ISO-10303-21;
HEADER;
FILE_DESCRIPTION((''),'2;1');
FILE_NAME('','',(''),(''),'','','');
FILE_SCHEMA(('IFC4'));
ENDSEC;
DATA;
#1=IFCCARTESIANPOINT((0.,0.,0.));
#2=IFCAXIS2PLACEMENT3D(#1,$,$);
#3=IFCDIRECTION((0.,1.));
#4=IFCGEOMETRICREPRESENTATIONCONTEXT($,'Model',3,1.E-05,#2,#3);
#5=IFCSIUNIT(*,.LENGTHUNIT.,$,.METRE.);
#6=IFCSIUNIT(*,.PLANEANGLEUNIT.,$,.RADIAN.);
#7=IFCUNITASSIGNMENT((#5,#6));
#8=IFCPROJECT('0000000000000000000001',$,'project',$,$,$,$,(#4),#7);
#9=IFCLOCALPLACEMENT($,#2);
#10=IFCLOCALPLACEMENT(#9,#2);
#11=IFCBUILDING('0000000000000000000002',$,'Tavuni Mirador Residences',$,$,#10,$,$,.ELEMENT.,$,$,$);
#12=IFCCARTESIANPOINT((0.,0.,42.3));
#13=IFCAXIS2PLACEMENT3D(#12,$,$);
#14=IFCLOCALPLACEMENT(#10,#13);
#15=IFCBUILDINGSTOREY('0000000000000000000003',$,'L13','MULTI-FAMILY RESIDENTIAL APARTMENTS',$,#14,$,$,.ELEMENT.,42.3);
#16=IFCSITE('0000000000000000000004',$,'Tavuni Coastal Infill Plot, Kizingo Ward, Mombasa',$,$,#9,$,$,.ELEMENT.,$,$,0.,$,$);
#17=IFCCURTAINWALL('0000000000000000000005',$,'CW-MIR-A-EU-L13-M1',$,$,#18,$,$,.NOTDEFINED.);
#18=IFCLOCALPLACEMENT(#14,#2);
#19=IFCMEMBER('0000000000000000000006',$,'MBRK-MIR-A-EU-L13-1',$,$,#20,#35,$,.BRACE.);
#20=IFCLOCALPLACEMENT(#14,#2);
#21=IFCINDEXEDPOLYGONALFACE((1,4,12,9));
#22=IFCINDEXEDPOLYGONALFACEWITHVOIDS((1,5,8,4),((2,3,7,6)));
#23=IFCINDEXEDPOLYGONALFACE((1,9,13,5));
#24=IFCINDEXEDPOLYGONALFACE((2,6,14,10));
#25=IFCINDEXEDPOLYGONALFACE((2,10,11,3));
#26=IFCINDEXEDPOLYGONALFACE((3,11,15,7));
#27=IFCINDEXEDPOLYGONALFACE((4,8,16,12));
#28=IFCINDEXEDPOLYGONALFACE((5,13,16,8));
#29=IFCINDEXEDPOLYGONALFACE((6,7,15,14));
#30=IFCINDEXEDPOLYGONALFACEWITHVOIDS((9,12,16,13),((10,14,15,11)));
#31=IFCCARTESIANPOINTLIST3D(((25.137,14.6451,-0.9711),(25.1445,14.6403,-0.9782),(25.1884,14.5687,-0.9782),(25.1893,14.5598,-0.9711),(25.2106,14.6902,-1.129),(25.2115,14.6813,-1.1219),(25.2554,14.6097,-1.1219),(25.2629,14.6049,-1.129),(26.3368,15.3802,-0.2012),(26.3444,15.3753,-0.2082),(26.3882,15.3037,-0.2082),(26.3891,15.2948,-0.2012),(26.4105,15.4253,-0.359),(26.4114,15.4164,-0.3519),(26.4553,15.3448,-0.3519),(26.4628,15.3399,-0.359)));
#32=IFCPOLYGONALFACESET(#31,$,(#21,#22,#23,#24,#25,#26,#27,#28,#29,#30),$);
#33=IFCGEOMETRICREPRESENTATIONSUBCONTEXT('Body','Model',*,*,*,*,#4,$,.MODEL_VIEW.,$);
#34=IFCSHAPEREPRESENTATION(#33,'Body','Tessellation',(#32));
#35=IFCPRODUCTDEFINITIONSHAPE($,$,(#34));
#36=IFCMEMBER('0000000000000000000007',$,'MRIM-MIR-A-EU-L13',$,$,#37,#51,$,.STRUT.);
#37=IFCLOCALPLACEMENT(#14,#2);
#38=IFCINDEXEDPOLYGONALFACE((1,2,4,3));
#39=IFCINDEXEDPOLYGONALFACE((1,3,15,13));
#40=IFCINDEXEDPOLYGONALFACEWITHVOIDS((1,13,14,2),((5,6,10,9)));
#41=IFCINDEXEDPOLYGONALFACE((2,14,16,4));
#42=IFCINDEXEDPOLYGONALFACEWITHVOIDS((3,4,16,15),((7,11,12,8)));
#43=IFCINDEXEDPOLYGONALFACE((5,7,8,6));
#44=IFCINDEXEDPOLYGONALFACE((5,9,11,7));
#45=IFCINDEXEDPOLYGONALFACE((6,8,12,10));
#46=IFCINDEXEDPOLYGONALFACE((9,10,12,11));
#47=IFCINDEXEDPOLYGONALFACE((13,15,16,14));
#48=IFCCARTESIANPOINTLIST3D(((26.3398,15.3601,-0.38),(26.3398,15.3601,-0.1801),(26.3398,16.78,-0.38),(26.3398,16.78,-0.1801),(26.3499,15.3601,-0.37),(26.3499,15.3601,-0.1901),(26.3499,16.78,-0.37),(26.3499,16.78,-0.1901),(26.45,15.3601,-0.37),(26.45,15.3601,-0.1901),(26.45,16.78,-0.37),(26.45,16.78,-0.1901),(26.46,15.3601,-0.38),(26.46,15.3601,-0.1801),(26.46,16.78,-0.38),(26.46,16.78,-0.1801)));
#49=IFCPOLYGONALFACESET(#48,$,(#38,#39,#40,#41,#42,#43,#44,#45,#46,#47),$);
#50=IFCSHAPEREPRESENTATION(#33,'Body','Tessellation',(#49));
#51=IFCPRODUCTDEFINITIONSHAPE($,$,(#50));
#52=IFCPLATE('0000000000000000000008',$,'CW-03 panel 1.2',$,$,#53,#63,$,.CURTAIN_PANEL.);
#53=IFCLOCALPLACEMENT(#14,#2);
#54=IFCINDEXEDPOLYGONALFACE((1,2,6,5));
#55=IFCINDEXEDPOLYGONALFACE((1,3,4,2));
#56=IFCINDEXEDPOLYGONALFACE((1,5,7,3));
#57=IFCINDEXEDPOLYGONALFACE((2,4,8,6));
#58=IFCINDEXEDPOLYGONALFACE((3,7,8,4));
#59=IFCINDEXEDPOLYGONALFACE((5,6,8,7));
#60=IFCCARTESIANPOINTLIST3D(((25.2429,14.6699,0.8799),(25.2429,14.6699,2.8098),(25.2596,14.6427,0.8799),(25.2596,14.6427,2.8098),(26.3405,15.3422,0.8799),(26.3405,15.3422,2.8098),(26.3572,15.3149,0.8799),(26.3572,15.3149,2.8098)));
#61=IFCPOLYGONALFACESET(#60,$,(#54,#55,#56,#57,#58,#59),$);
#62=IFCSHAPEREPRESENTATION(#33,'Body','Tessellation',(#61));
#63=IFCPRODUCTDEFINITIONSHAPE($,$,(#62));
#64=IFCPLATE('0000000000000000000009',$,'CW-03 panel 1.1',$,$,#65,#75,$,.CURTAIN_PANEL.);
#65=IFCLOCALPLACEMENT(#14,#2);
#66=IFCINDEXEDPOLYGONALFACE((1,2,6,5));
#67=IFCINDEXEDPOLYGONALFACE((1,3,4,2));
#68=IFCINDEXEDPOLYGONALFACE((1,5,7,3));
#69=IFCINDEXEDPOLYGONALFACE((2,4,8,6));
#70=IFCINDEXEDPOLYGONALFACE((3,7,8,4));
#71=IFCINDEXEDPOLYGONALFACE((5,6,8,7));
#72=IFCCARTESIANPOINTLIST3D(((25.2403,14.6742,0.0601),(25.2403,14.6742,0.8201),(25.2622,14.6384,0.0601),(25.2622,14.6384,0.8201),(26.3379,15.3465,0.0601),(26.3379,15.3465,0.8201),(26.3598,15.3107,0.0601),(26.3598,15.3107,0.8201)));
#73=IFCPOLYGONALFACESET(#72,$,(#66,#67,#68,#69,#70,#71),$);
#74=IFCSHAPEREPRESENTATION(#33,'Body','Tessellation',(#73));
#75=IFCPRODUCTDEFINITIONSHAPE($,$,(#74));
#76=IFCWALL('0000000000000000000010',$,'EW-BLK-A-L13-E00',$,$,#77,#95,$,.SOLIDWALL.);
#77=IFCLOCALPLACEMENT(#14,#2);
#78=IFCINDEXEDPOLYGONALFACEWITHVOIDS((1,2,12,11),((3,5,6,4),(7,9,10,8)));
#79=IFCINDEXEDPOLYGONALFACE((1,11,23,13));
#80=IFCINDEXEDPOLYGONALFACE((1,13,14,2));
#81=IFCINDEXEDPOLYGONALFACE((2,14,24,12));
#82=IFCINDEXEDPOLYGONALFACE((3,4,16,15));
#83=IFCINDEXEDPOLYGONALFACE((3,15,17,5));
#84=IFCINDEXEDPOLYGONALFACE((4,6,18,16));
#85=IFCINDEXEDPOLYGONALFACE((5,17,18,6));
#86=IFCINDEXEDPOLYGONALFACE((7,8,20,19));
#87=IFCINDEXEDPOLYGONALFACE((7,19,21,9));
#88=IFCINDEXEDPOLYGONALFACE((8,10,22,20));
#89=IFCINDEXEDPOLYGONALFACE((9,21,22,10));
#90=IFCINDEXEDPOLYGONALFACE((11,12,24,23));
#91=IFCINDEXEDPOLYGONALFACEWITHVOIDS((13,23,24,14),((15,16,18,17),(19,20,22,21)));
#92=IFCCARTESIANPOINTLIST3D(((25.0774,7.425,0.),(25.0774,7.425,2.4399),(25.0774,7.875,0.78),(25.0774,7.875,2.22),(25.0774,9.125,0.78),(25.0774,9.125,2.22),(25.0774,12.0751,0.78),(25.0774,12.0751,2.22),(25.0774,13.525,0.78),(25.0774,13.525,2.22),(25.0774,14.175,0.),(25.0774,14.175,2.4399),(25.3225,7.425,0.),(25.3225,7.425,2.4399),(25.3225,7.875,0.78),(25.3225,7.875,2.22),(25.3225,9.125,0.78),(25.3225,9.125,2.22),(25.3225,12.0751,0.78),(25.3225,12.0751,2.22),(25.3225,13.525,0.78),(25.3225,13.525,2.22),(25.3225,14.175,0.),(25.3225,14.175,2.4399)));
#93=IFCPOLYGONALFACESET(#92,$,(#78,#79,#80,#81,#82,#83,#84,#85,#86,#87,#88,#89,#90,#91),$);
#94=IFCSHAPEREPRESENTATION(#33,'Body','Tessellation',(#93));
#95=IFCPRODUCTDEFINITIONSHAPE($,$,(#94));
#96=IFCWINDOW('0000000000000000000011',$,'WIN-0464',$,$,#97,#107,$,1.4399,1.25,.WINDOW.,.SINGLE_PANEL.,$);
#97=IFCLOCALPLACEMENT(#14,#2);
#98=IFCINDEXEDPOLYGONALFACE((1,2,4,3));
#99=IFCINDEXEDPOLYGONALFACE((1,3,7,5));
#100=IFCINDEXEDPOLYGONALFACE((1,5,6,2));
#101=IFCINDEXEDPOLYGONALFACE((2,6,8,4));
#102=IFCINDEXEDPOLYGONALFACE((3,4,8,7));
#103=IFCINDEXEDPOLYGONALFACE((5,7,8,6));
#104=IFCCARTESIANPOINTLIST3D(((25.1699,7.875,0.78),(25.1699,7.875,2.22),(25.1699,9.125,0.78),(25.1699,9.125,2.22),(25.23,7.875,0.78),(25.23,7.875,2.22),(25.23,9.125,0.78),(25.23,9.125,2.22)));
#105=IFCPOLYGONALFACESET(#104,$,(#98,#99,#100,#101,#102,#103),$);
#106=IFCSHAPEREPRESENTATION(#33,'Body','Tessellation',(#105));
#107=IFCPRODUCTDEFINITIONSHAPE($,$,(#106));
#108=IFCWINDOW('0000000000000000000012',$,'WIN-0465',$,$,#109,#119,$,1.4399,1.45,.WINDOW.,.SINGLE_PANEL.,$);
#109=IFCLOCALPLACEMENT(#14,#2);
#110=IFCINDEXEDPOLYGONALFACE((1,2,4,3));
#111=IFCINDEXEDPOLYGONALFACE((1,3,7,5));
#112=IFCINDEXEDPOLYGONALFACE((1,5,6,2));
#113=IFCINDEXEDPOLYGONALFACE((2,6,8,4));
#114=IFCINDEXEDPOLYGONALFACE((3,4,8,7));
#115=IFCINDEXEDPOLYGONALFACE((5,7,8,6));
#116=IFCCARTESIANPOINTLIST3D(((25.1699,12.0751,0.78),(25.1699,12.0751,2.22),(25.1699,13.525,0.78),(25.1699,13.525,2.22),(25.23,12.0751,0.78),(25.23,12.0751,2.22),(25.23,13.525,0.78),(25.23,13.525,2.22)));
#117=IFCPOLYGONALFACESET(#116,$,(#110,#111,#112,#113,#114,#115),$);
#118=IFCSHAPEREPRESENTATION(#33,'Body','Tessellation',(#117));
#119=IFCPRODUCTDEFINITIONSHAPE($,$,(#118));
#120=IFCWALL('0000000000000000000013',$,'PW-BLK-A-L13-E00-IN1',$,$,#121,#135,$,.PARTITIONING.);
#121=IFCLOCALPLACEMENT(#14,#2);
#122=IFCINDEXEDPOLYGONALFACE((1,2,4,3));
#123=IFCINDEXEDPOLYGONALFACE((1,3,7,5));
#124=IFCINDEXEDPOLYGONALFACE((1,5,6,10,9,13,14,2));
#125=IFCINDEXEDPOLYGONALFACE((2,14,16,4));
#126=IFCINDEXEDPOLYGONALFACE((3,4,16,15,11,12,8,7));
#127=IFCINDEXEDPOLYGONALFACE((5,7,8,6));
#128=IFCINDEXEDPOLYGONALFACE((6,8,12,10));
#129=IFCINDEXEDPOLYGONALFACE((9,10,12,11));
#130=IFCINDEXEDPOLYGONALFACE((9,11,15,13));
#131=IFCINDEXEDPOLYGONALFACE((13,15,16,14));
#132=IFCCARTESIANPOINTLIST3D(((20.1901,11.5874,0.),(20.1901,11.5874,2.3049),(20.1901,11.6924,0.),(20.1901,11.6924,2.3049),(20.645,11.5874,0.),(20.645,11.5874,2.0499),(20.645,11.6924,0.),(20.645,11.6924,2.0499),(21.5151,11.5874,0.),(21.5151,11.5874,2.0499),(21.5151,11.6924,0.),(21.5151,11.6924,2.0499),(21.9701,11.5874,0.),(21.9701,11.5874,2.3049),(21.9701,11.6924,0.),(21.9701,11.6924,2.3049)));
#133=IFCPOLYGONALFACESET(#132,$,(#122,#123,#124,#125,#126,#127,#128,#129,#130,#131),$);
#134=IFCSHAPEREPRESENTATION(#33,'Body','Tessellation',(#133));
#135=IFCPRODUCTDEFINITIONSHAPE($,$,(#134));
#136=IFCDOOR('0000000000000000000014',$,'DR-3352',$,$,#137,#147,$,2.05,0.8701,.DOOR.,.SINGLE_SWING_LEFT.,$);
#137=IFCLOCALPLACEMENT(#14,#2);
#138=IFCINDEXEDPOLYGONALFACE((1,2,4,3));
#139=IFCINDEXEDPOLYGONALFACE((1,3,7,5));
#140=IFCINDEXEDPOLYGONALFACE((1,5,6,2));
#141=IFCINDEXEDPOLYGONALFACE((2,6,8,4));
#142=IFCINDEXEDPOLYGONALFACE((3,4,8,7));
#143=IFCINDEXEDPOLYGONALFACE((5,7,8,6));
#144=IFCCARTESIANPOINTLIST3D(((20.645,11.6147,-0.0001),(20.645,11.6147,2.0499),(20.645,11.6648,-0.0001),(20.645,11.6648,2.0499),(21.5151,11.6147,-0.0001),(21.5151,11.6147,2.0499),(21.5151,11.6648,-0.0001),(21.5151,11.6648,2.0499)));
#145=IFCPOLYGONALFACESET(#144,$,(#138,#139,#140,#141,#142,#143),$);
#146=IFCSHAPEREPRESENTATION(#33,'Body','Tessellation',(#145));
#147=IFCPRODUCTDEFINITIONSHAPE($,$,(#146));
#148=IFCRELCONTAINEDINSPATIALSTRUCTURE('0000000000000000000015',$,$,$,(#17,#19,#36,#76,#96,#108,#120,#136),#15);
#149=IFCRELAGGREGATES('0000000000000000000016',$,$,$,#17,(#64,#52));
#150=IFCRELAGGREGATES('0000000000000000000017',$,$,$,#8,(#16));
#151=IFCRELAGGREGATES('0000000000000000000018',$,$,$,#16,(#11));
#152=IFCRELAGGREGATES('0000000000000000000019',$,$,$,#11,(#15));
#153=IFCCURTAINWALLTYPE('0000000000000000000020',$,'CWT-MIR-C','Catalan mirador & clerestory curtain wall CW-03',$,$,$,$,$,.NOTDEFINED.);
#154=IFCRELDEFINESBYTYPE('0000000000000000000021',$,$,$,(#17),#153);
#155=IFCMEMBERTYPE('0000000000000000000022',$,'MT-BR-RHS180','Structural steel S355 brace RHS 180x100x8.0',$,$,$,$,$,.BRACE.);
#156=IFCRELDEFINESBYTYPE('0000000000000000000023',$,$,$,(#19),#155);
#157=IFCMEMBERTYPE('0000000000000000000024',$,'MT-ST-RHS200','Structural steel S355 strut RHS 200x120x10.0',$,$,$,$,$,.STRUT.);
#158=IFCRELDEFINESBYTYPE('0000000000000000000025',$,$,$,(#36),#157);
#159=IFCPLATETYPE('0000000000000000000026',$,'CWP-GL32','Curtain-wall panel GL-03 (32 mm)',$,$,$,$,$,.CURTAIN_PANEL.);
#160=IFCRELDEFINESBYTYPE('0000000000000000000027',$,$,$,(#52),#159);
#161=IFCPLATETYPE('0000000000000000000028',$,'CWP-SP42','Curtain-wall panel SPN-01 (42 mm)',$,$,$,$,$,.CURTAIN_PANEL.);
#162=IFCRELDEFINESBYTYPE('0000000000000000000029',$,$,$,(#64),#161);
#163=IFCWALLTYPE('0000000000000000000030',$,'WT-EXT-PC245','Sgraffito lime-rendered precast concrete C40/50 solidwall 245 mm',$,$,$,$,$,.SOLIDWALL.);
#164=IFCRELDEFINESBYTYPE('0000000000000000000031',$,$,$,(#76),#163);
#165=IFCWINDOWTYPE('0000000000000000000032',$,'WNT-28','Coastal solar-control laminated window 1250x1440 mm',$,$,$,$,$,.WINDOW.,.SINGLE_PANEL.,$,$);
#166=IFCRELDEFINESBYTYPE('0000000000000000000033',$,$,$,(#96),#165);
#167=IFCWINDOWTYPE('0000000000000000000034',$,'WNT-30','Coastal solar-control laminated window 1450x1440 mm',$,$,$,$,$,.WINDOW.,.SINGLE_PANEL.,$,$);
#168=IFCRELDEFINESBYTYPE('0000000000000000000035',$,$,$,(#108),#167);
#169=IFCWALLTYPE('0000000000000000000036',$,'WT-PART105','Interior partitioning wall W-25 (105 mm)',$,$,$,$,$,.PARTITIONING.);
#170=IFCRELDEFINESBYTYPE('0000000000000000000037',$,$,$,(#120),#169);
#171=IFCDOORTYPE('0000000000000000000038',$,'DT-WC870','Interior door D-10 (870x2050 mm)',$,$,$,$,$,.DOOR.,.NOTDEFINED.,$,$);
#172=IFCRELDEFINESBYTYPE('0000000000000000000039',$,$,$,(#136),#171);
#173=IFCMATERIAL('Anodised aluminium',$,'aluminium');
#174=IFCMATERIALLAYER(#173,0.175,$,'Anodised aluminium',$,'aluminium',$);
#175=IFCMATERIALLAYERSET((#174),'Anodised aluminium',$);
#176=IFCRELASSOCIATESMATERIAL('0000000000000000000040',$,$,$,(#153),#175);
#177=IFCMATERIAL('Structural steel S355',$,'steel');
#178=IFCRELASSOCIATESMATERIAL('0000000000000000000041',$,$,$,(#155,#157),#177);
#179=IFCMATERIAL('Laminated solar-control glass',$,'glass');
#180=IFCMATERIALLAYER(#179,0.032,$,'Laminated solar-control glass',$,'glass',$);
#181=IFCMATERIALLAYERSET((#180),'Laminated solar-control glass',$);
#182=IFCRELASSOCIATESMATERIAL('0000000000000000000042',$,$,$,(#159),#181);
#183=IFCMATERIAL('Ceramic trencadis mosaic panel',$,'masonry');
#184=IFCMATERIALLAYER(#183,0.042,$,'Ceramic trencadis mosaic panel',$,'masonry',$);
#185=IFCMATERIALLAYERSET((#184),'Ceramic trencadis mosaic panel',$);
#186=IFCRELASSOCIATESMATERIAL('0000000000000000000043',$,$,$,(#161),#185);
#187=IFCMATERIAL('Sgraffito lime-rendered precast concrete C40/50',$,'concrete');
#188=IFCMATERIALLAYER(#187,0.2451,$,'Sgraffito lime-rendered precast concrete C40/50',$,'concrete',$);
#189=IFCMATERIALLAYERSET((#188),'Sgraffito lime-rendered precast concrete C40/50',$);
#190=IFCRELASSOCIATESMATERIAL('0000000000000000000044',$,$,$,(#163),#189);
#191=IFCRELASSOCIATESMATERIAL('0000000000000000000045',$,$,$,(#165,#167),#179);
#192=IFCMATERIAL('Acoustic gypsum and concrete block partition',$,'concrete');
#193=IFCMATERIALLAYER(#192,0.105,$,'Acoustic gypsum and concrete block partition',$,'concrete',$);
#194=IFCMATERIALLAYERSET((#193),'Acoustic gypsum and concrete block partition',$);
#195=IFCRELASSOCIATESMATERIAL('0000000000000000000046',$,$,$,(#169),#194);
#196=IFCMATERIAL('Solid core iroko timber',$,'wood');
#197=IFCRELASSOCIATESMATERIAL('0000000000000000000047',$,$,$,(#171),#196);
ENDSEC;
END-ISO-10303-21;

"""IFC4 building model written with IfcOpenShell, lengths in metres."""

from ifc_helpers import new_model, si_unit, direction, frame, frame_2d, origin, origin_2d, place, context, subcontext, project, spatial, rectangle, hollow_rectangle, extrude, material, layer, layer_set, material_profile, profile_set, type_object, element, fill, aggregate, save


model = new_model("IFC4")

# Units and contexts
model_context = context("Model", 3, precision=1e-05, world=origin(), true_north=direction((0.0, 1.0)))
body_context = subcontext(model_context, "Body", "Model", "MODEL_VIEW")
ifc_project = project(units=[si_unit("LENGTHUNIT", "METRE"), si_unit("PLANEANGLEUNIT", "RADIAN")], contexts=[model_context])

# Site, building, storey
site_placement = place(None, origin())
site = spatial("IfcSite", under=ifc_project, at=site_placement, Name="Tavuni Coastal Infill Plot, Kizingo Ward, Mombasa", CompositionType="ELEMENT", RefElevation=0.0)
building_placement = place(site_placement, origin())
building = spatial("IfcBuilding", under=site, at=building_placement, Name="Tavuni Mirador Residences", CompositionType="ELEMENT")
storey_placement = place(building_placement, frame((0.0, 0.0, 42.3)))
storey = spatial("IfcBuildingStorey", under=building, at=storey_placement, Name="L13", Description="MULTI-FAMILY RESIDENTIAL APARTMENTS", CompositionType="ELEMENT", Elevation=42.3)

# Curtain wall
ifc_material_1 = material(Name="Anodised aluminium", Category="aluminium")
ifc_layer_1 = layer(ifc_material_1, 0.175, Name="Anodised aluminium", Category="aluminium")
ifc_layer_set_1 = layer_set([ifc_layer_1], Name="Anodised aluminium")
curtain_wall_type_1 = type_object("IfcCurtainWallType", Name="CWT-MIR-C", Description="Catalan mirador & clerestory curtain wall CW-03", PredefinedType="NOTDEFINED", material=ifc_layer_set_1)
curtain_wall_1_placement = place(storey_placement, origin())
curtain_wall_1 = element("IfcCurtainWall", 1, at=curtain_wall_1_placement, inside=storey, type_object=curtain_wall_type_1, Name="CW-MIR-A-EU-L13-M1", PredefinedType="NOTDEFINED")

# Members
ifc_material_2 = material(Name="Structural steel S355", Category="steel")
ifc_material_profile_1 = material_profile(ifc_material_2, hollow_rectangle(XDim=0.1001, YDim=0.1799, WallThickness=0.0081, at=origin_2d()), Name="RHS 180x100x8.0", Category="steel")
ifc_profile_set_1 = profile_set([ifc_material_profile_1], Name="Structural steel S355")
member_type_1 = type_object("IfcMemberType", Name="MT-BR-RHS180", Description="Structural steel S355 brace RHS 180x100x8.0", PredefinedType="BRACE", material=ifc_profile_set_1)
member_1_placement = place(storey_placement, frame((25.2, 14.625, -1.05), z_axis=(0.748044, 0.458263, 0.480027), x_axis=(-0.522383, 0.852711, 0.0)))
element("IfcMember", 2, at=member_1_placement, inside=storey, type_object=member_type_1, Name="MBRK-MIR-A-EU-L13-1", PredefinedType="BRACE", context=body_context, shape_type="SweptSolid", body=[
    extrude(hollow_rectangle(XDim=0.1001, YDim=0.1799, WallThickness=0.0081, at=origin_2d()), origin(), (0.0, 0.0, 1.0), 1.604),
])
ifc_material_profile_2 = material_profile(ifc_material_2, hollow_rectangle(XDim=0.1201, YDim=0.2, WallThickness=0.01, at=origin_2d()), Name="RHS 200x120x10.0", Category="steel")
ifc_profile_set_2 = profile_set([ifc_material_profile_2], Name="Structural steel S355")
member_type_2 = type_object("IfcMemberType", Name="MT-ST-RHS200", Description="Structural steel S355 strut RHS 200x120x10.0", PredefinedType="STRUT", material=ifc_profile_set_2)
member_2_placement = place(storey_placement, frame((26.3999, 15.3601, -0.28), z_axis=(0.0, 1.0, 0.0), x_axis=(-1.0, 0.0, 0.0)))
element("IfcMember", 3, at=member_2_placement, inside=storey, type_object=member_type_2, Name="MRIM-MIR-A-EU-L13", PredefinedType="STRUT", context=body_context, shape_type="SweptSolid", body=[
    extrude(hollow_rectangle(XDim=0.1201, YDim=0.2, WallThickness=0.01, at=origin_2d()), origin(), (0.0, 0.0, 1.0), 1.4199),
])

# Plates
ifc_material_3 = material(Name="Laminated solar-control glass", Category="glass")
ifc_layer_2 = layer(ifc_material_3, 0.032, Name="Laminated solar-control glass", Category="glass")
ifc_layer_set_2 = layer_set([ifc_layer_2], Name="Laminated solar-control glass")
plate_type_1 = type_object("IfcPlateType", Name="CWP-GL32", Description="Curtain-wall panel GL-03 (32 mm)", PredefinedType="CURTAIN_PANEL", material=ifc_layer_set_2)
plate_1_placement = place(storey_placement, frame((25.8, 14.9924, 0.8799), z_axis=(0.0, 0.0, 1.0), x_axis=(0.852754, 0.522312, 0.0)))
plate_1 = element("IfcPlate", 4, at=plate_1_placement, type_object=plate_type_1, Name="CW-03 panel 1.2", PredefinedType="CURTAIN_PANEL", context=body_context, shape_type="SweptSolid", body=[
    extrude(rectangle(XDim=1.2871, YDim=0.032, at=origin_2d()), origin(), (0.0, 0.0, 1.0), 1.9299),
])
ifc_material_4 = material(Name="Ceramic trencadis mosaic panel", Category="masonry")
ifc_layer_3 = layer(ifc_material_4, 0.042, Name="Ceramic trencadis mosaic panel", Category="masonry")
ifc_layer_set_3 = layer_set([ifc_layer_3], Name="Ceramic trencadis mosaic panel")
plate_type_2 = type_object("IfcPlateType", Name="CWP-SP42", Description="Curtain-wall panel SPN-01 (42 mm)", PredefinedType="CURTAIN_PANEL", material=ifc_layer_set_3)
plate_2_placement = place(storey_placement, frame((25.8, 14.9924, 0.0601), z_axis=(0.0, 0.0, 1.0), x_axis=(0.852754, 0.522312, 0.0)))
plate_2 = element("IfcPlate", 5, at=plate_2_placement, type_object=plate_type_2, Name="CW-03 panel 1.1", PredefinedType="CURTAIN_PANEL", context=body_context, shape_type="SweptSolid", body=[
    extrude(rectangle(XDim=1.2871, YDim=0.042, at=origin_2d()), origin(), (0.0, 0.0, 1.0), 0.76),
])
aggregate(curtain_wall_1, [plate_2, plate_1])

# Shared definitions
ifc_material_5 = material(Name="Solid core iroko timber", Category="wood")

# Wall, openings, windows
ifc_material_6 = material(Name="Sgraffito lime-rendered precast concrete C40/50", Category="concrete")
ifc_layer_4 = layer(ifc_material_6, 0.2451, Name="Sgraffito lime-rendered precast concrete C40/50", Category="concrete")
ifc_layer_set_4 = layer_set([ifc_layer_4], Name="Sgraffito lime-rendered precast concrete C40/50")
wall_type_1 = type_object("IfcWallType", Name="WT-EXT-PC245", Description="Sgraffito lime-rendered precast concrete C40/50 solidwall 245 mm", PredefinedType="SOLIDWALL", material=ifc_layer_set_4)
wall_1_placement = place(storey_placement, frame((25.2, 7.425, 0.0), z_axis=(0.0, 0.0, 1.0), x_axis=(0.0, 1.0, 0.0)))
wall_1 = element("IfcWall", 6, at=wall_1_placement, inside=storey, type_object=wall_type_1, Name="EW-BLK-A-L13-E00", PredefinedType="SOLIDWALL", context=body_context, shape_type="SweptSolid", body=[
    extrude(rectangle(XDim=6.75, YDim=0.2451, at=frame_2d((3.375, 0.0))), origin(), (0.0, 0.0, 1.0), 2.4399),
])
opening_1_placement = place(wall_1_placement, frame((0.45, 0.0, 0.78)))
opening_1 = element("IfcOpeningElement", 7, at=opening_1_placement, cuts=wall_1, PredefinedType="OPENING", context=body_context, shape_type="SweptSolid", body=[
    extrude(rectangle(XDim=1.25, YDim=1.4399, at=frame_2d((0.625, 0.72))), frame((0.0, 0.1326, 0.0), z_axis=(0.0, -1.0, 0.0), x_axis=(1.0, 0.0, 0.0)), (0.0, 0.0, 1.0), 0.2651),
])
opening_2_placement = place(wall_1_placement, frame((4.6499, 0.0, 0.78)))
opening_2 = element("IfcOpeningElement", 8, at=opening_2_placement, cuts=wall_1, PredefinedType="OPENING", context=body_context, shape_type="SweptSolid", body=[
    extrude(rectangle(XDim=1.45, YDim=1.4399, at=frame_2d((0.7251, 0.72))), frame((0.0, 0.1326, 0.0), z_axis=(0.0, -1.0, 0.0), x_axis=(1.0, 0.0, 0.0)), (0.0, 0.0, 1.0), 0.2651),
])
window_type_1 = type_object("IfcWindowType", Name="WNT-28", Description="Coastal solar-control laminated window 1250x1440 mm", PartitioningType="SINGLE_PANEL", PredefinedType="WINDOW", material=ifc_material_3)
window_1_placement = place(opening_1_placement, origin())
window_1 = element("IfcWindow", 9, at=window_1_placement, inside=storey, type_object=window_type_1, Name="WIN-0464", OverallHeight=1.4399, OverallWidth=1.25, PartitioningType="SINGLE_PANEL", PredefinedType="WINDOW", context=body_context, shape_type="SweptSolid", body=[
    extrude(rectangle(XDim=1.25, YDim=1.4399, at=frame_2d((0.625, 0.72))), frame((0.0, 0.03, 0.0), z_axis=(0.0, -1.0, 0.0), x_axis=(1.0, 0.0, 0.0)), (0.0, 0.0, 1.0), 0.0601),
])
fill(opening_1, window_1)
window_type_2 = type_object("IfcWindowType", Name="WNT-30", Description="Coastal solar-control laminated window 1450x1440 mm", PartitioningType="SINGLE_PANEL", PredefinedType="WINDOW", material=ifc_material_3)
window_2_placement = place(opening_2_placement, origin())
window_2 = element("IfcWindow", 10, at=window_2_placement, inside=storey, type_object=window_type_2, Name="WIN-0465", OverallHeight=1.4399, OverallWidth=1.45, PartitioningType="SINGLE_PANEL", PredefinedType="WINDOW", context=body_context, shape_type="SweptSolid", body=[
    extrude(rectangle(XDim=1.45, YDim=1.4399, at=frame_2d((0.7251, 0.72))), frame((0.0, 0.03, 0.0), z_axis=(0.0, -1.0, 0.0), x_axis=(1.0, 0.0, 0.0)), (0.0, 0.0, 1.0), 0.0601),
])
fill(opening_2, window_2)

# Wall, opening, door
ifc_material_7 = material(Name="Acoustic gypsum and concrete block partition", Category="concrete")
ifc_layer_5 = layer(ifc_material_7, 0.105, Name="Acoustic gypsum and concrete block partition", Category="concrete")
ifc_layer_set_5 = layer_set([ifc_layer_5], Name="Acoustic gypsum and concrete block partition")
wall_type_2 = type_object("IfcWallType", Name="WT-PART105", Description="Interior partitioning wall W-25 (105 mm)", PredefinedType="PARTITIONING", material=ifc_layer_set_5)
wall_2_placement = place(storey_placement, frame((20.1899, 11.6399, 0.0), z_axis=(0.0, 0.0, 1.0), x_axis=(1.0, 0.0, 0.0)))
wall_2 = element("IfcWall", 11, at=wall_2_placement, inside=storey, type_object=wall_type_2, Name="PW-BLK-A-L13-E00-IN1", PredefinedType="PARTITIONING", context=body_context, shape_type="SweptSolid", body=[
    extrude(rectangle(XDim=1.78, YDim=0.105, at=frame_2d((0.8901, 0.0))), origin(), (0.0, 0.0, 1.0), 2.3049),
])
opening_3_placement = place(wall_2_placement, frame((0.4551, 0.0, 0.0)))
opening_3 = element("IfcOpeningElement", 12, at=opening_3_placement, cuts=wall_2, PredefinedType="OPENING", context=body_context, shape_type="SweptSolid", body=[
    extrude(rectangle(XDim=0.8701, YDim=2.05, at=frame_2d((0.4351, 1.0249))), frame((0.0, 0.0625, 0.0), z_axis=(0.0, -1.0, 0.0), x_axis=(1.0, 0.0, 0.0)), (0.0, 0.0, 1.0), 0.125),
])
door_type_1 = type_object("IfcDoorType", Name="DT-WC870", Description="Interior door D-10 (870x2050 mm)", OperationType="NOTDEFINED", PredefinedType="DOOR", material=ifc_material_5)
door_1_placement = place(opening_3_placement, origin())
door_1 = element("IfcDoor", 13, at=door_1_placement, inside=storey, type_object=door_type_1, Name="DR-3352", OperationType="SINGLE_SWING_LEFT", OverallHeight=2.05, OverallWidth=0.8701, PredefinedType="DOOR", context=body_context, shape_type="SweptSolid", body=[
    extrude(rectangle(XDim=0.8701, YDim=2.05, at=frame_2d((0.4351, 1.0249))), frame((0.0, 0.0249, 0.0), z_axis=(0.0, -1.0, 0.0), x_axis=(1.0, 0.0, 0.0)), (0.0, 0.0, 1.0), 0.05),
])
fill(opening_3, door_1)

save(model, "model.ifc")
